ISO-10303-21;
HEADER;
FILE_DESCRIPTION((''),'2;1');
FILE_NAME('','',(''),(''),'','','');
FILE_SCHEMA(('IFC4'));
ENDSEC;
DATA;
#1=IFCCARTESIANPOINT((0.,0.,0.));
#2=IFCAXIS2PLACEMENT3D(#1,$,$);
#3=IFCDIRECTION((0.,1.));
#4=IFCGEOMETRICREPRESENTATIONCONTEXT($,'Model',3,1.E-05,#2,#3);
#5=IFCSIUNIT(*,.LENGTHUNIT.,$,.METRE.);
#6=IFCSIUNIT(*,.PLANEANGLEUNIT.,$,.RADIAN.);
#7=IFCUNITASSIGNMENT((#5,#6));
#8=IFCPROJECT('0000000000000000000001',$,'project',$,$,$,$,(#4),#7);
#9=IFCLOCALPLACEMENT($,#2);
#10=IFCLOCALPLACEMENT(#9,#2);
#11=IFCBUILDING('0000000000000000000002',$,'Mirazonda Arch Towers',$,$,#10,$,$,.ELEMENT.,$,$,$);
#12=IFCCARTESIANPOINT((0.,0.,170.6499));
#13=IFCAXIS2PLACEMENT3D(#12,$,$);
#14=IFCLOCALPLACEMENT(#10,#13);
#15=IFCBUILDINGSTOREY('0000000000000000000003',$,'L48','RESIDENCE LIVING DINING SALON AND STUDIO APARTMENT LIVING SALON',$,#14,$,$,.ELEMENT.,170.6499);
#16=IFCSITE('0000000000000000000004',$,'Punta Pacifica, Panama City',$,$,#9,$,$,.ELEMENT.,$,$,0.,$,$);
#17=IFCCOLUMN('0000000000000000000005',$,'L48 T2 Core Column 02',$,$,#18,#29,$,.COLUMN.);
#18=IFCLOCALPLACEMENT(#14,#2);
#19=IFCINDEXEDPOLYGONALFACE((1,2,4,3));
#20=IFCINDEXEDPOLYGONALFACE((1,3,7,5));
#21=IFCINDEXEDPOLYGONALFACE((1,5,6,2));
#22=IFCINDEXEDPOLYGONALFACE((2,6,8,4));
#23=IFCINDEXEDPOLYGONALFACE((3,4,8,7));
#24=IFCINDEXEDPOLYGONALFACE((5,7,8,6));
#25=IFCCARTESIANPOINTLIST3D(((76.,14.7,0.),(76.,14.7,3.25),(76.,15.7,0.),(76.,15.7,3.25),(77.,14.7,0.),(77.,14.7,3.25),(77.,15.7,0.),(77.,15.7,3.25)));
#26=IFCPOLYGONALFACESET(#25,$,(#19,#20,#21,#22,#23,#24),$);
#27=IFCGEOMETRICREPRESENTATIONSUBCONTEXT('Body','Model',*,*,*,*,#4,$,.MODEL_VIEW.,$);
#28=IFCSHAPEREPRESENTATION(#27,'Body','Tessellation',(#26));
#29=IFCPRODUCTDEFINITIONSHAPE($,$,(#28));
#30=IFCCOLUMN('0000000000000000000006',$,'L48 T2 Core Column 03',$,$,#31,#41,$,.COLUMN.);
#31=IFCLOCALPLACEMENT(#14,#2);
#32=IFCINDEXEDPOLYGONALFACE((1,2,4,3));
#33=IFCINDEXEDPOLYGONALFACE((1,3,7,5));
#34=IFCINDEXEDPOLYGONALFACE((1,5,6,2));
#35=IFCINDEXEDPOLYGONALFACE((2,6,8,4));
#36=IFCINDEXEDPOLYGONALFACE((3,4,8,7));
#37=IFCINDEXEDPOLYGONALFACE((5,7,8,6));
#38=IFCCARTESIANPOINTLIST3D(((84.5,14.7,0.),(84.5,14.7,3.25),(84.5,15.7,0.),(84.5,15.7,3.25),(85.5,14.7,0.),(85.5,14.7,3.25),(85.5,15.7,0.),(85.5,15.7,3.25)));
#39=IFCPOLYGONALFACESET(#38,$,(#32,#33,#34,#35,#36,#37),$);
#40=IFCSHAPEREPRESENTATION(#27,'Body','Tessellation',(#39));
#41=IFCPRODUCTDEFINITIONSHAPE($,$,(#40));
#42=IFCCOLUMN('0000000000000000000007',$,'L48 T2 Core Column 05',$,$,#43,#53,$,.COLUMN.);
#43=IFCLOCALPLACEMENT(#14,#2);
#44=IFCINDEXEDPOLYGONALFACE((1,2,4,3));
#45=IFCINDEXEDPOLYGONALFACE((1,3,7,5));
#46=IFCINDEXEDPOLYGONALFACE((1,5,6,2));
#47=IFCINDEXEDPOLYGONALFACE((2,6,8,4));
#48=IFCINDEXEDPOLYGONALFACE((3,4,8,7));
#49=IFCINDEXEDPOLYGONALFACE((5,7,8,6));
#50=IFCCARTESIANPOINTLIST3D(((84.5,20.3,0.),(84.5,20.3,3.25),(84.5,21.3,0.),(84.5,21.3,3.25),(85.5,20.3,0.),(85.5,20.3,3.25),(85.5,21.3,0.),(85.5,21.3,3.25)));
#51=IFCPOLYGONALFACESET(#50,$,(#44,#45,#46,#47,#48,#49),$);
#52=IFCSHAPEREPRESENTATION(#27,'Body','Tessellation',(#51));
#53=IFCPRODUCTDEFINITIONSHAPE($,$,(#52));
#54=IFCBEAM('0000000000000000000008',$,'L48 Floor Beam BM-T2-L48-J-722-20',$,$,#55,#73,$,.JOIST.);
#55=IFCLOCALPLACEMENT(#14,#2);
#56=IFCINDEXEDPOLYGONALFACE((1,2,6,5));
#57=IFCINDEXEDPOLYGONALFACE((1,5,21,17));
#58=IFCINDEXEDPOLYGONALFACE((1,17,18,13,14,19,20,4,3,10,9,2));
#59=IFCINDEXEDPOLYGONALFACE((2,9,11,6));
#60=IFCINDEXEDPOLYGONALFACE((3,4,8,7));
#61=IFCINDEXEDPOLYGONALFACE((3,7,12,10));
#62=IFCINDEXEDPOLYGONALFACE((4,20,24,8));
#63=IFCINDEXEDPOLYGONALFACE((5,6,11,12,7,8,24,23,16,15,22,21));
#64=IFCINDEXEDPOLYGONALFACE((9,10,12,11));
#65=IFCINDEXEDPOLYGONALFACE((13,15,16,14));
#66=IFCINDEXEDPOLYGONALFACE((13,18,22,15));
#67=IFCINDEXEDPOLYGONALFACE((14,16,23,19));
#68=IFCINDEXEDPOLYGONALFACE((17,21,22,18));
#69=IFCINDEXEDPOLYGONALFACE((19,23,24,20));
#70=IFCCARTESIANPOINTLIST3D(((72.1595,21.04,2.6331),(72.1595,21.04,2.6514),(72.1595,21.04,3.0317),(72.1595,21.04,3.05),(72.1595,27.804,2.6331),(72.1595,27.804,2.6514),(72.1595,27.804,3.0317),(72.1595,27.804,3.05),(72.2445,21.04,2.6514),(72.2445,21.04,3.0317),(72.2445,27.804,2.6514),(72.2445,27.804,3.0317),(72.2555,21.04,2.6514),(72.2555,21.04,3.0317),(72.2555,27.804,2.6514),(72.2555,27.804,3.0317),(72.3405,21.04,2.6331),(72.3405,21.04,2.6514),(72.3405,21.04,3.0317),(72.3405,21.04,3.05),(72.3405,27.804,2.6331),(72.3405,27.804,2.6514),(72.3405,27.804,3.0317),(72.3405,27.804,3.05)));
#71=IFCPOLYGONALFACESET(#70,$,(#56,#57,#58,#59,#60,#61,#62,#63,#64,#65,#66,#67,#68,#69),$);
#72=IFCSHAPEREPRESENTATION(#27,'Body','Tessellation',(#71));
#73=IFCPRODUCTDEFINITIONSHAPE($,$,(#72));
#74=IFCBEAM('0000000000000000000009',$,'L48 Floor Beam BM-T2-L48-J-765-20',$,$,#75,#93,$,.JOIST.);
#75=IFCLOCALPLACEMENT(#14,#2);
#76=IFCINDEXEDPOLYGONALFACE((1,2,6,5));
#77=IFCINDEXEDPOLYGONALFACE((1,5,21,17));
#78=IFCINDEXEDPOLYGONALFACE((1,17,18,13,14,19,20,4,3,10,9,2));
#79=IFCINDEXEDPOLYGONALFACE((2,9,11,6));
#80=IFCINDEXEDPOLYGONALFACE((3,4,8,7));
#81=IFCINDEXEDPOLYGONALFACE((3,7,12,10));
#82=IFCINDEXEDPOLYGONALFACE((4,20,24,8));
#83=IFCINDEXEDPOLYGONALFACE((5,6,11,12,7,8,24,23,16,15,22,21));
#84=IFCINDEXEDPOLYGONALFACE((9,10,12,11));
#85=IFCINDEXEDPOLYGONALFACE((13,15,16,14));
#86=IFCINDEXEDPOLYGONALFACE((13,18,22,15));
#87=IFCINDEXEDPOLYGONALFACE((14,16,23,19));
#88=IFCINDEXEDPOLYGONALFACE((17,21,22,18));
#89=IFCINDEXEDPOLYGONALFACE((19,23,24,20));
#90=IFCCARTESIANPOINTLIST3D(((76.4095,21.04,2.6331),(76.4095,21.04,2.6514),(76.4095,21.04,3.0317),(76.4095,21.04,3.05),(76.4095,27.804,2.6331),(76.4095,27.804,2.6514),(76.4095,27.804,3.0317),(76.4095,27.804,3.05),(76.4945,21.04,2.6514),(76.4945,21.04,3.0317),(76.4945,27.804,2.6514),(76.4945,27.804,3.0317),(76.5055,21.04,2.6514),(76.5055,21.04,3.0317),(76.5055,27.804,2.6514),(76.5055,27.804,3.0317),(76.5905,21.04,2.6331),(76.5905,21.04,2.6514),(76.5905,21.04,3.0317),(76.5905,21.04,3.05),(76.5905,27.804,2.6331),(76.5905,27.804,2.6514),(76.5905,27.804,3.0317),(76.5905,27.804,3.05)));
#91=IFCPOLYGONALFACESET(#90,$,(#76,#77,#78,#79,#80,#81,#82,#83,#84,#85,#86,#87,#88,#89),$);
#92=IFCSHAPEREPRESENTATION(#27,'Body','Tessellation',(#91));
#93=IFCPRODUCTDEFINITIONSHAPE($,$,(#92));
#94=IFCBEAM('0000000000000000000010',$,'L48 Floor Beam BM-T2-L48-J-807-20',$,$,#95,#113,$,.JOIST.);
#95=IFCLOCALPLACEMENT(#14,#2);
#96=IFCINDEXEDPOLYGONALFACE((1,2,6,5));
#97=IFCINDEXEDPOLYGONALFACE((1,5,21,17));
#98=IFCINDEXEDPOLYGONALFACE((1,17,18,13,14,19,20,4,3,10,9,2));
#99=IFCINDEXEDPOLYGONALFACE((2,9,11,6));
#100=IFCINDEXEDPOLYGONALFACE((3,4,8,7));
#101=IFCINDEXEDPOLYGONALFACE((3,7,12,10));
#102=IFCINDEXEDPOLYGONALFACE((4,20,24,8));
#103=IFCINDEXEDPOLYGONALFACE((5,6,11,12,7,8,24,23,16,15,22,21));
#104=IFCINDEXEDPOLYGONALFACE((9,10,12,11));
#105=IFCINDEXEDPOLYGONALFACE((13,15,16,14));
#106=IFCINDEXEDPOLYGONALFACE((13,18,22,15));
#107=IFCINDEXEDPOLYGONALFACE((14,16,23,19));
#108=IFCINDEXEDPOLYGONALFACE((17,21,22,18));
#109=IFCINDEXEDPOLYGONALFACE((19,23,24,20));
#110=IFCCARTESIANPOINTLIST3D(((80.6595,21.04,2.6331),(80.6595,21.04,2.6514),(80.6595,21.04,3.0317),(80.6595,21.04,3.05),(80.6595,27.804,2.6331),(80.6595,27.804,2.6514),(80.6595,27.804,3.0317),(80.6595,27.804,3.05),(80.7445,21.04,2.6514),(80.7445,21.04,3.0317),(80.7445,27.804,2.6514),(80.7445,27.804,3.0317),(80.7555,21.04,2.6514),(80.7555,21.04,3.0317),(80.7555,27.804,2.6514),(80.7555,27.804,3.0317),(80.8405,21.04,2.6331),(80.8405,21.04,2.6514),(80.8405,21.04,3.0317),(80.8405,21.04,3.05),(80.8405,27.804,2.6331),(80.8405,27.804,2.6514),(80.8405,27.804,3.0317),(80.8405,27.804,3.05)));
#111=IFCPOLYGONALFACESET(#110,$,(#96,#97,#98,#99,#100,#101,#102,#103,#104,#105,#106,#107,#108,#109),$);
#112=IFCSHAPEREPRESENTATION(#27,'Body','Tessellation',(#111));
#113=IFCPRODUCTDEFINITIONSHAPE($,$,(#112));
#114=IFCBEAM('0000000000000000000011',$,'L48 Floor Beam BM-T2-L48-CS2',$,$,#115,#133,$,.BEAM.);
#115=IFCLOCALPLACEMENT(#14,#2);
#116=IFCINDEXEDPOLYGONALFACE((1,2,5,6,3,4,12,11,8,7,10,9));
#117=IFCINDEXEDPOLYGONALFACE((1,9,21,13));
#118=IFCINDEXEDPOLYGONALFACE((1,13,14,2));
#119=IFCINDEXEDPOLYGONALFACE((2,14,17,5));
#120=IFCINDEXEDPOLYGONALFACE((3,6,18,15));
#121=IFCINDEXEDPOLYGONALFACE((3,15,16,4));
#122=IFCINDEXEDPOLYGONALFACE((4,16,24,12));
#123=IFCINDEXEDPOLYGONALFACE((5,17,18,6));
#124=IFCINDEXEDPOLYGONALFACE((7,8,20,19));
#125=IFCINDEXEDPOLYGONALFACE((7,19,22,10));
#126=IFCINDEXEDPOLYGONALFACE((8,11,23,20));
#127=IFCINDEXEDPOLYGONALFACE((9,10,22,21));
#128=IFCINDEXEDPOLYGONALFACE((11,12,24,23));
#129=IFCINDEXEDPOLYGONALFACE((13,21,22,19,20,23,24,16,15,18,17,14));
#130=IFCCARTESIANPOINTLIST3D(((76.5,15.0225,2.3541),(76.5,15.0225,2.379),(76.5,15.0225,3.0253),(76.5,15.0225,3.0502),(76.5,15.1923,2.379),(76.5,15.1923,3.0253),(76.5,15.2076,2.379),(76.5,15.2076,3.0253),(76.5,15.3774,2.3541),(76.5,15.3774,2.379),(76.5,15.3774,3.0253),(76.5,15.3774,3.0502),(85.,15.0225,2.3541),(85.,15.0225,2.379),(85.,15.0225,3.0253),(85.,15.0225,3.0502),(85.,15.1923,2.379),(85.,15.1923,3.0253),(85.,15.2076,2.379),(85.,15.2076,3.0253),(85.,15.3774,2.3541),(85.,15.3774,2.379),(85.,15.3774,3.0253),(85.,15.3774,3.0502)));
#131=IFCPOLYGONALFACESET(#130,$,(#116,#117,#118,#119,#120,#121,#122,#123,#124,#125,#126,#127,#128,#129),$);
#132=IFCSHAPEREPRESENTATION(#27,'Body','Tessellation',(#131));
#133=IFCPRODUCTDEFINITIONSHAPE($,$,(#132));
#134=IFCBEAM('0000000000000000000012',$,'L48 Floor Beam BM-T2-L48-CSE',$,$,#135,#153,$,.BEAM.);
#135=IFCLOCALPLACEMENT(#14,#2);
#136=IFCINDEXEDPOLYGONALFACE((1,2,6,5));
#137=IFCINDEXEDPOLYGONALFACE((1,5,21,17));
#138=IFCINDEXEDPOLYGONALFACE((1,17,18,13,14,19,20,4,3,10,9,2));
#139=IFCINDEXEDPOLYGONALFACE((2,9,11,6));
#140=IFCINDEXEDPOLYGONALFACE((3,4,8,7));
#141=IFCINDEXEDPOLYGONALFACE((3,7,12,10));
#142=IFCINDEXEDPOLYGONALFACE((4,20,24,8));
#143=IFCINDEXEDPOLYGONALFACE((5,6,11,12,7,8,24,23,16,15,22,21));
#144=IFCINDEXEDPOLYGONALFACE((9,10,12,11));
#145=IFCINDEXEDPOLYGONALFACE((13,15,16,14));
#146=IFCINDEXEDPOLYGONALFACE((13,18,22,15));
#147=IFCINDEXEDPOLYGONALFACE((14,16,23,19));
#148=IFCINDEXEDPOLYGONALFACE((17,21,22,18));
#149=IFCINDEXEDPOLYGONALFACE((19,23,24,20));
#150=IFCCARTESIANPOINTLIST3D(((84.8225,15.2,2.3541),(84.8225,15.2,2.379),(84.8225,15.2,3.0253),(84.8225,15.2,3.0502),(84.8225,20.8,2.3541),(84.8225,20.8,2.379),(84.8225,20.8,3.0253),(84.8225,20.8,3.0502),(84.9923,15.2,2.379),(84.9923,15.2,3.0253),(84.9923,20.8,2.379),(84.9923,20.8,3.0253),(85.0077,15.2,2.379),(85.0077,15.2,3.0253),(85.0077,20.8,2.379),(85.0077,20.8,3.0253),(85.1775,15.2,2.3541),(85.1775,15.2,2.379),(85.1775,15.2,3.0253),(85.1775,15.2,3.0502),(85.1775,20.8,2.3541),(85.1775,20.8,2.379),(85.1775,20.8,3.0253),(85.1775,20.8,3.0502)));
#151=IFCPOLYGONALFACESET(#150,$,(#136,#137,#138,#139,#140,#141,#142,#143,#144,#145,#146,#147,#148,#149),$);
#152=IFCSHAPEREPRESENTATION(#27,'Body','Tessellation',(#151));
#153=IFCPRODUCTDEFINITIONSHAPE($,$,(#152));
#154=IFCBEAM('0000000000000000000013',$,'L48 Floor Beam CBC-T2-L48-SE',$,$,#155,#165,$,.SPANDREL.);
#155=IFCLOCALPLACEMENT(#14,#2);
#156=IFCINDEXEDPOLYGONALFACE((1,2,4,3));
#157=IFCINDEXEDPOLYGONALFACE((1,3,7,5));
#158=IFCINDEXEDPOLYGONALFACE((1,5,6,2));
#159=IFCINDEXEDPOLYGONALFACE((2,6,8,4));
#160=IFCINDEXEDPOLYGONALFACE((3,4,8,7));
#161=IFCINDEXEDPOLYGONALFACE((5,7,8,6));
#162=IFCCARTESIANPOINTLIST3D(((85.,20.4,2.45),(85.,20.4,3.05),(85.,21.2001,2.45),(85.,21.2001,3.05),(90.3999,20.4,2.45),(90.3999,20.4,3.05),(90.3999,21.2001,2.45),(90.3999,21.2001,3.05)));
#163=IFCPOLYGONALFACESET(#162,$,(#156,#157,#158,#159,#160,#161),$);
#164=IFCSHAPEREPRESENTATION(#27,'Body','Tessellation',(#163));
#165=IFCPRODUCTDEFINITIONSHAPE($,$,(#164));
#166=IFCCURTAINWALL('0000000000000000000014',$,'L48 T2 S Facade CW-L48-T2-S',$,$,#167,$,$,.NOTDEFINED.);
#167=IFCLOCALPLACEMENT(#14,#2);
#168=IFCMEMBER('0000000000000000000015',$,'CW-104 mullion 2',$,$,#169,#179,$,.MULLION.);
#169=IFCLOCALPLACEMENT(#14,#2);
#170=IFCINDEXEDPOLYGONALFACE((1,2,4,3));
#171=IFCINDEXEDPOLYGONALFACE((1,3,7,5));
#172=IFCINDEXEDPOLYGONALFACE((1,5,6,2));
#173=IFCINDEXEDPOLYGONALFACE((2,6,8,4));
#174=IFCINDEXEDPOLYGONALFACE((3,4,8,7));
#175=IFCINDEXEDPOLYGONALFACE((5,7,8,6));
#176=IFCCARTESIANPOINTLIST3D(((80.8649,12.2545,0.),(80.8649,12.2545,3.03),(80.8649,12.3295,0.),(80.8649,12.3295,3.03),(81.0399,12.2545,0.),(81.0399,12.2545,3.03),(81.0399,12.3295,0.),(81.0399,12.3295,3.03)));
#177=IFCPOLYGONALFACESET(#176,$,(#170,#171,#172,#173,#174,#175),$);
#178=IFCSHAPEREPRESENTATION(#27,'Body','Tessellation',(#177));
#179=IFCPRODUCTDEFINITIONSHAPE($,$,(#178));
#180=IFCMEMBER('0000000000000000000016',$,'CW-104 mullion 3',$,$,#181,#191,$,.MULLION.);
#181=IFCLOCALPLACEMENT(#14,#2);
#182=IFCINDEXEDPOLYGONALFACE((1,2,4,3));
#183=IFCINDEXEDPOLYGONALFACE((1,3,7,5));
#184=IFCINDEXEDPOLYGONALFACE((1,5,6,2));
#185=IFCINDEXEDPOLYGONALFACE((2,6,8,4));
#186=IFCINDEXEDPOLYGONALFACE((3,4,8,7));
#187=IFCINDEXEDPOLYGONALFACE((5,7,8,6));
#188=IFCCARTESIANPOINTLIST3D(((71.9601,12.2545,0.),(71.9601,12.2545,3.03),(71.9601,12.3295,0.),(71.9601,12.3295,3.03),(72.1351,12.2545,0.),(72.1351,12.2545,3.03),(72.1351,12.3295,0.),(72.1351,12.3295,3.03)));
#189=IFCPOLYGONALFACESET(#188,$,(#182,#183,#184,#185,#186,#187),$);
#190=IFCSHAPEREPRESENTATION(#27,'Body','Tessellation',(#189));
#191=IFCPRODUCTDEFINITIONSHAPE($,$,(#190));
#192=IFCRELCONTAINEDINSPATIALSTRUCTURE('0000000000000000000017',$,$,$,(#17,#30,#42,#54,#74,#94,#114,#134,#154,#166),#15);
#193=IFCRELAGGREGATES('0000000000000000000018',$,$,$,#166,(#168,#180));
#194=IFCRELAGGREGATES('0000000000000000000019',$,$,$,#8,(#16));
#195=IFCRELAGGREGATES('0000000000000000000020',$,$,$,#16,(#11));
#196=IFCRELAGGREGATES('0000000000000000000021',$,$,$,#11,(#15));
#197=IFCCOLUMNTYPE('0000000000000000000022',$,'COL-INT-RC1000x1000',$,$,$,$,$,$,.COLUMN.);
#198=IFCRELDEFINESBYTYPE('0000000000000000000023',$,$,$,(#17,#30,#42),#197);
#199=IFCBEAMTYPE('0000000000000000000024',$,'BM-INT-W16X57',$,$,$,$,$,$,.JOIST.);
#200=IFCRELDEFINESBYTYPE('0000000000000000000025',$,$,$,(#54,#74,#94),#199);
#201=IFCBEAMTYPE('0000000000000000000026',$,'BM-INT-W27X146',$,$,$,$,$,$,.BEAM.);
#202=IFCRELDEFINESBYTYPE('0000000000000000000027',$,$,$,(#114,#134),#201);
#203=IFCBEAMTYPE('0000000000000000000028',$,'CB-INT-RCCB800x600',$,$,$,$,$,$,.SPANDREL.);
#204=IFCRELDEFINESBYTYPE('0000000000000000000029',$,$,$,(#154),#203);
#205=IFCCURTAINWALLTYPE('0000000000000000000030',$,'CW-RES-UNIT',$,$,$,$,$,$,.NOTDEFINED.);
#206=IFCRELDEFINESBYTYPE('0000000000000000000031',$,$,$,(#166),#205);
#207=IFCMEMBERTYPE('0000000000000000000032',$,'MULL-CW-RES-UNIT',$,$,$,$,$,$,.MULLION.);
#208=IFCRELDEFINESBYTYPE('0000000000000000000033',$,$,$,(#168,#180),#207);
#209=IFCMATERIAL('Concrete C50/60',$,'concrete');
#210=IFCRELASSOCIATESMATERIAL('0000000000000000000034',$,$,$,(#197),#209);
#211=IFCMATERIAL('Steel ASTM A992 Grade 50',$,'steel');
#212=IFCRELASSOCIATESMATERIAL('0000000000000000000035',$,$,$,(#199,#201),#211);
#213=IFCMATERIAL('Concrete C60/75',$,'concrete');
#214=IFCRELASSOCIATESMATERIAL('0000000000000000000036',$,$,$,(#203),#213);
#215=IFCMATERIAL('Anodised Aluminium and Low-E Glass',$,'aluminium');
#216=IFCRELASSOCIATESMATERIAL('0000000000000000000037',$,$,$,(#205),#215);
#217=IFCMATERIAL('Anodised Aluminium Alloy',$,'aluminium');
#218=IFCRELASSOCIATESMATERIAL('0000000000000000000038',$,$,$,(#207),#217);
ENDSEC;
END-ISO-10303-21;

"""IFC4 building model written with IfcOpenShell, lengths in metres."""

from ifc_helpers import new_model, si_unit, direction, frame, origin, origin_2d, place, context, subcontext, project, spatial, rectangle, i_section, extrude, material, material_profile, profile_set, type_object, element, aggregate, save


model = new_model("IFC4")

# Units and contexts
model_context = context("Model", 3, precision=1e-05, world=origin(), true_north=direction((0.0, 1.0)))
body_context = subcontext(model_context, "Body", "Model", "MODEL_VIEW")
ifc_project = project(units=[si_unit("LENGTHUNIT", "METRE"), si_unit("PLANEANGLEUNIT", "RADIAN")], contexts=[model_context])

# Site, building, storey
site_placement = place(None, origin())
site = spatial("IfcSite", under=ifc_project, at=site_placement, Name="Punta Pacifica, Panama City", CompositionType="ELEMENT", RefElevation=0.0)
building_placement = place(site_placement, origin())
building = spatial("IfcBuilding", under=site, at=building_placement, Name="Mirazonda Arch Towers", CompositionType="ELEMENT")
storey_placement = place(building_placement, frame((0.0, 0.0, 170.6499)))
storey = spatial("IfcBuildingStorey", under=building, at=storey_placement, Name="L48", Description="RESIDENCE LIVING DINING SALON AND STUDIO APARTMENT LIVING SALON", CompositionType="ELEMENT", Elevation=170.6499)

# Columns
ifc_material_1 = material(Name="Concrete C50/60", Category="concrete")
ifc_material_profile_1 = material_profile(ifc_material_1, rectangle(XDim=1.0, YDim=1.0, at=origin_2d()), Name="RC1000x1000")
ifc_profile_set_1 = profile_set([ifc_material_profile_1], Name="Concrete C50/60")
column_type = type_object("IfcColumnType", Name="COL-INT-RC1000x1000", PredefinedType="COLUMN", material=ifc_profile_set_1)
for number, where, z_axis, x_axis, name in (
    (1, (76.5, 15.2, 0.0), (0.0, 0.0, 1.0), (1.0, 0.0, 0.0), "L48 T2 Core Column 02"),
    (2, (85.0, 15.2, 0.0), (0.0, 0.0, 1.0), (1.0, 0.0, 0.0), "L48 T2 Core Column 03"),
    (3, (85.0, 20.8, 0.0), (0.0, 0.0, 1.0), (1.0, 0.0, 0.0), "L48 T2 Core Column 05"),
):
    element("IfcColumn", number, at=place(storey_placement, frame(where, z_axis=z_axis, x_axis=x_axis)), inside=storey, type_object=column_type, Name=name, PredefinedType="COLUMN", context=body_context, shape_type="SweptSolid", body=[
        extrude(rectangle(XDim=1.0, YDim=1.0, at=origin_2d()), origin(), (0.0, 0.0, 1.0), 3.25),
    ])

# Beams
ifc_material_2 = material(Name="Steel ASTM A992 Grade 50", Category="steel")
ifc_material_profile_2 = material_profile(ifc_material_2, i_section(OverallWidth=0.1809, OverallDepth=0.417, WebThickness=0.011, FlangeThickness=0.0183, at=origin_2d()), Name="W16X57")
ifc_profile_set_2 = profile_set([ifc_material_profile_2], Name="Steel ASTM A992 Grade 50")
beam_type_1 = type_object("IfcBeamType", Name="BM-INT-W16X57", PredefinedType="JOIST", material=ifc_profile_set_2)
for number, where, z_axis, x_axis, name in (
    (4, (72.25, 21.04, 2.8416), (0.0, 1.0, 0.0), (-1.0, 0.0, 0.0), "L48 Floor Beam BM-T2-L48-J-722-20"),
    (5, (76.5, 21.04, 2.8416), (0.0, 1.0, 0.0), (-1.0, 0.0, 0.0), "L48 Floor Beam BM-T2-L48-J-765-20"),
    (6, (80.75, 21.04, 2.8416), (0.0, 1.0, 0.0), (-1.0, 0.0, 0.0), "L48 Floor Beam BM-T2-L48-J-807-20"),
):
    element("IfcBeam", number, at=place(storey_placement, frame(where, z_axis=z_axis, x_axis=x_axis)), inside=storey, type_object=beam_type_1, Name=name, PredefinedType="JOIST", context=body_context, shape_type="SweptSolid", body=[
        extrude(i_section(OverallWidth=0.1809, OverallDepth=0.417, WebThickness=0.011, FlangeThickness=0.0183, at=origin_2d()), origin(), (0.0, 0.0, 1.0), 6.7639),
    ])
ifc_material_profile_3 = material_profile(ifc_material_2, i_section(OverallWidth=0.355, OverallDepth=0.696, WebThickness=0.0154, FlangeThickness=0.0249, at=origin_2d()), Name="W27X146")
ifc_profile_set_3 = profile_set([ifc_material_profile_3], Name="Steel ASTM A992 Grade 50")
beam_type_2 = type_object("IfcBeamType", Name="BM-INT-W27X146", PredefinedType="BEAM", material=ifc_profile_set_3)
beam_1_placement = place(storey_placement, frame((76.5, 15.2, 2.7021), z_axis=(1.0, 0.0, 0.0), x_axis=(0.0, 1.0, 0.0)))
element("IfcBeam", 7, at=beam_1_placement, inside=storey, type_object=beam_type_2, Name="L48 Floor Beam BM-T2-L48-CS2", PredefinedType="BEAM", context=body_context, shape_type="SweptSolid", body=[
    extrude(i_section(OverallWidth=0.355, OverallDepth=0.696, WebThickness=0.0154, FlangeThickness=0.0249, at=origin_2d()), origin(), (0.0, 0.0, 1.0), 8.5),
])
beam_2_placement = place(storey_placement, frame((85.0, 15.2, 2.7021), z_axis=(0.0, 1.0, 0.0), x_axis=(-1.0, 0.0, 0.0)))
element("IfcBeam", 8, at=beam_2_placement, inside=storey, type_object=beam_type_2, Name="L48 Floor Beam BM-T2-L48-CSE", PredefinedType="BEAM", context=body_context, shape_type="SweptSolid", body=[
    extrude(i_section(OverallWidth=0.355, OverallDepth=0.696, WebThickness=0.0154, FlangeThickness=0.0249, at=origin_2d()), origin(), (0.0, 0.0, 1.0), 5.6001),
])
ifc_material_3 = material(Name="Concrete C60/75", Category="concrete")
ifc_material_profile_4 = material_profile(ifc_material_3, rectangle(XDim=0.8, YDim=0.6001, at=origin_2d()), Name="RCCB800x600")
ifc_profile_set_4 = profile_set([ifc_material_profile_4], Name="Concrete C60/75")
beam_type_3 = type_object("IfcBeamType", Name="CB-INT-RCCB800x600", PredefinedType="SPANDREL", material=ifc_profile_set_4)
beam_3_placement = place(storey_placement, frame((85.0, 20.8, 2.75), z_axis=(1.0, 0.0, 0.0), x_axis=(0.0, 1.0, 0.0)))
element("IfcBeam", 9, at=beam_3_placement, inside=storey, type_object=beam_type_3, Name="L48 Floor Beam CBC-T2-L48-SE", PredefinedType="SPANDREL", context=body_context, shape_type="SweptSolid", body=[
    extrude(rectangle(XDim=0.8, YDim=0.6001, at=origin_2d()), origin(), (0.0, 0.0, 1.0), 5.3999),
])

# Curtain wall, members
ifc_material_4 = material(Name="Anodised Aluminium and Low-E Glass", Category="aluminium")
curtain_wall_type = type_object("IfcCurtainWallType", Name="CW-RES-UNIT", PredefinedType="NOTDEFINED", material=ifc_material_4)
curtain_wall_placement = place(storey_placement, origin())
curtain_wall = element("IfcCurtainWall", 10, at=curtain_wall_placement, inside=storey, type_object=curtain_wall_type, Name="L48 T2 S Facade CW-L48-T2-S", PredefinedType="NOTDEFINED")
ifc_material_5 = material(Name="Anodised Aluminium Alloy", Category="aluminium")
ifc_material_profile_5 = material_profile(ifc_material_5, rectangle(XDim=0.075, YDim=0.175, at=origin_2d()), Name="ALU-MULL-75x175")
ifc_profile_set_5 = profile_set([ifc_material_profile_5], Name="Anodised Aluminium Alloy")
member_type_1 = type_object("IfcMemberType", Name="MULL-CW-RES-UNIT", PredefinedType="MULLION", material=ifc_profile_set_5)
member_1_placement = place(storey_placement, frame((80.9524, 12.292, 0.0), z_axis=(0.0, 0.0, 1.0), x_axis=(0.0, -1.0, 0.0)))
member_1 = element("IfcMember", 11, at=member_1_placement, type_object=member_type_1, Name="CW-104 mullion 2", PredefinedType="MULLION", context=body_context, shape_type="SweptSolid", body=[
    extrude(rectangle(XDim=0.075, YDim=0.175, at=origin_2d()), origin(), (0.0, 0.0, 1.0), 3.03),
])
member_2_placement = place(storey_placement, frame((72.0476, 12.292, 0.0), z_axis=(0.0, 0.0, 1.0), x_axis=(0.0, -1.0, 0.0)))
member_2 = element("IfcMember", 12, at=member_2_placement, type_object=member_type_1, Name="CW-104 mullion 3", PredefinedType="MULLION", context=body_context, shape_type="SweptSolid", body=[
    extrude(rectangle(XDim=0.075, YDim=0.175, at=origin_2d()), origin(), (0.0, 0.0, 1.0), 3.03),
])
aggregate(curtain_wall, [member_1, member_2])

save(model, "model.ifc")
